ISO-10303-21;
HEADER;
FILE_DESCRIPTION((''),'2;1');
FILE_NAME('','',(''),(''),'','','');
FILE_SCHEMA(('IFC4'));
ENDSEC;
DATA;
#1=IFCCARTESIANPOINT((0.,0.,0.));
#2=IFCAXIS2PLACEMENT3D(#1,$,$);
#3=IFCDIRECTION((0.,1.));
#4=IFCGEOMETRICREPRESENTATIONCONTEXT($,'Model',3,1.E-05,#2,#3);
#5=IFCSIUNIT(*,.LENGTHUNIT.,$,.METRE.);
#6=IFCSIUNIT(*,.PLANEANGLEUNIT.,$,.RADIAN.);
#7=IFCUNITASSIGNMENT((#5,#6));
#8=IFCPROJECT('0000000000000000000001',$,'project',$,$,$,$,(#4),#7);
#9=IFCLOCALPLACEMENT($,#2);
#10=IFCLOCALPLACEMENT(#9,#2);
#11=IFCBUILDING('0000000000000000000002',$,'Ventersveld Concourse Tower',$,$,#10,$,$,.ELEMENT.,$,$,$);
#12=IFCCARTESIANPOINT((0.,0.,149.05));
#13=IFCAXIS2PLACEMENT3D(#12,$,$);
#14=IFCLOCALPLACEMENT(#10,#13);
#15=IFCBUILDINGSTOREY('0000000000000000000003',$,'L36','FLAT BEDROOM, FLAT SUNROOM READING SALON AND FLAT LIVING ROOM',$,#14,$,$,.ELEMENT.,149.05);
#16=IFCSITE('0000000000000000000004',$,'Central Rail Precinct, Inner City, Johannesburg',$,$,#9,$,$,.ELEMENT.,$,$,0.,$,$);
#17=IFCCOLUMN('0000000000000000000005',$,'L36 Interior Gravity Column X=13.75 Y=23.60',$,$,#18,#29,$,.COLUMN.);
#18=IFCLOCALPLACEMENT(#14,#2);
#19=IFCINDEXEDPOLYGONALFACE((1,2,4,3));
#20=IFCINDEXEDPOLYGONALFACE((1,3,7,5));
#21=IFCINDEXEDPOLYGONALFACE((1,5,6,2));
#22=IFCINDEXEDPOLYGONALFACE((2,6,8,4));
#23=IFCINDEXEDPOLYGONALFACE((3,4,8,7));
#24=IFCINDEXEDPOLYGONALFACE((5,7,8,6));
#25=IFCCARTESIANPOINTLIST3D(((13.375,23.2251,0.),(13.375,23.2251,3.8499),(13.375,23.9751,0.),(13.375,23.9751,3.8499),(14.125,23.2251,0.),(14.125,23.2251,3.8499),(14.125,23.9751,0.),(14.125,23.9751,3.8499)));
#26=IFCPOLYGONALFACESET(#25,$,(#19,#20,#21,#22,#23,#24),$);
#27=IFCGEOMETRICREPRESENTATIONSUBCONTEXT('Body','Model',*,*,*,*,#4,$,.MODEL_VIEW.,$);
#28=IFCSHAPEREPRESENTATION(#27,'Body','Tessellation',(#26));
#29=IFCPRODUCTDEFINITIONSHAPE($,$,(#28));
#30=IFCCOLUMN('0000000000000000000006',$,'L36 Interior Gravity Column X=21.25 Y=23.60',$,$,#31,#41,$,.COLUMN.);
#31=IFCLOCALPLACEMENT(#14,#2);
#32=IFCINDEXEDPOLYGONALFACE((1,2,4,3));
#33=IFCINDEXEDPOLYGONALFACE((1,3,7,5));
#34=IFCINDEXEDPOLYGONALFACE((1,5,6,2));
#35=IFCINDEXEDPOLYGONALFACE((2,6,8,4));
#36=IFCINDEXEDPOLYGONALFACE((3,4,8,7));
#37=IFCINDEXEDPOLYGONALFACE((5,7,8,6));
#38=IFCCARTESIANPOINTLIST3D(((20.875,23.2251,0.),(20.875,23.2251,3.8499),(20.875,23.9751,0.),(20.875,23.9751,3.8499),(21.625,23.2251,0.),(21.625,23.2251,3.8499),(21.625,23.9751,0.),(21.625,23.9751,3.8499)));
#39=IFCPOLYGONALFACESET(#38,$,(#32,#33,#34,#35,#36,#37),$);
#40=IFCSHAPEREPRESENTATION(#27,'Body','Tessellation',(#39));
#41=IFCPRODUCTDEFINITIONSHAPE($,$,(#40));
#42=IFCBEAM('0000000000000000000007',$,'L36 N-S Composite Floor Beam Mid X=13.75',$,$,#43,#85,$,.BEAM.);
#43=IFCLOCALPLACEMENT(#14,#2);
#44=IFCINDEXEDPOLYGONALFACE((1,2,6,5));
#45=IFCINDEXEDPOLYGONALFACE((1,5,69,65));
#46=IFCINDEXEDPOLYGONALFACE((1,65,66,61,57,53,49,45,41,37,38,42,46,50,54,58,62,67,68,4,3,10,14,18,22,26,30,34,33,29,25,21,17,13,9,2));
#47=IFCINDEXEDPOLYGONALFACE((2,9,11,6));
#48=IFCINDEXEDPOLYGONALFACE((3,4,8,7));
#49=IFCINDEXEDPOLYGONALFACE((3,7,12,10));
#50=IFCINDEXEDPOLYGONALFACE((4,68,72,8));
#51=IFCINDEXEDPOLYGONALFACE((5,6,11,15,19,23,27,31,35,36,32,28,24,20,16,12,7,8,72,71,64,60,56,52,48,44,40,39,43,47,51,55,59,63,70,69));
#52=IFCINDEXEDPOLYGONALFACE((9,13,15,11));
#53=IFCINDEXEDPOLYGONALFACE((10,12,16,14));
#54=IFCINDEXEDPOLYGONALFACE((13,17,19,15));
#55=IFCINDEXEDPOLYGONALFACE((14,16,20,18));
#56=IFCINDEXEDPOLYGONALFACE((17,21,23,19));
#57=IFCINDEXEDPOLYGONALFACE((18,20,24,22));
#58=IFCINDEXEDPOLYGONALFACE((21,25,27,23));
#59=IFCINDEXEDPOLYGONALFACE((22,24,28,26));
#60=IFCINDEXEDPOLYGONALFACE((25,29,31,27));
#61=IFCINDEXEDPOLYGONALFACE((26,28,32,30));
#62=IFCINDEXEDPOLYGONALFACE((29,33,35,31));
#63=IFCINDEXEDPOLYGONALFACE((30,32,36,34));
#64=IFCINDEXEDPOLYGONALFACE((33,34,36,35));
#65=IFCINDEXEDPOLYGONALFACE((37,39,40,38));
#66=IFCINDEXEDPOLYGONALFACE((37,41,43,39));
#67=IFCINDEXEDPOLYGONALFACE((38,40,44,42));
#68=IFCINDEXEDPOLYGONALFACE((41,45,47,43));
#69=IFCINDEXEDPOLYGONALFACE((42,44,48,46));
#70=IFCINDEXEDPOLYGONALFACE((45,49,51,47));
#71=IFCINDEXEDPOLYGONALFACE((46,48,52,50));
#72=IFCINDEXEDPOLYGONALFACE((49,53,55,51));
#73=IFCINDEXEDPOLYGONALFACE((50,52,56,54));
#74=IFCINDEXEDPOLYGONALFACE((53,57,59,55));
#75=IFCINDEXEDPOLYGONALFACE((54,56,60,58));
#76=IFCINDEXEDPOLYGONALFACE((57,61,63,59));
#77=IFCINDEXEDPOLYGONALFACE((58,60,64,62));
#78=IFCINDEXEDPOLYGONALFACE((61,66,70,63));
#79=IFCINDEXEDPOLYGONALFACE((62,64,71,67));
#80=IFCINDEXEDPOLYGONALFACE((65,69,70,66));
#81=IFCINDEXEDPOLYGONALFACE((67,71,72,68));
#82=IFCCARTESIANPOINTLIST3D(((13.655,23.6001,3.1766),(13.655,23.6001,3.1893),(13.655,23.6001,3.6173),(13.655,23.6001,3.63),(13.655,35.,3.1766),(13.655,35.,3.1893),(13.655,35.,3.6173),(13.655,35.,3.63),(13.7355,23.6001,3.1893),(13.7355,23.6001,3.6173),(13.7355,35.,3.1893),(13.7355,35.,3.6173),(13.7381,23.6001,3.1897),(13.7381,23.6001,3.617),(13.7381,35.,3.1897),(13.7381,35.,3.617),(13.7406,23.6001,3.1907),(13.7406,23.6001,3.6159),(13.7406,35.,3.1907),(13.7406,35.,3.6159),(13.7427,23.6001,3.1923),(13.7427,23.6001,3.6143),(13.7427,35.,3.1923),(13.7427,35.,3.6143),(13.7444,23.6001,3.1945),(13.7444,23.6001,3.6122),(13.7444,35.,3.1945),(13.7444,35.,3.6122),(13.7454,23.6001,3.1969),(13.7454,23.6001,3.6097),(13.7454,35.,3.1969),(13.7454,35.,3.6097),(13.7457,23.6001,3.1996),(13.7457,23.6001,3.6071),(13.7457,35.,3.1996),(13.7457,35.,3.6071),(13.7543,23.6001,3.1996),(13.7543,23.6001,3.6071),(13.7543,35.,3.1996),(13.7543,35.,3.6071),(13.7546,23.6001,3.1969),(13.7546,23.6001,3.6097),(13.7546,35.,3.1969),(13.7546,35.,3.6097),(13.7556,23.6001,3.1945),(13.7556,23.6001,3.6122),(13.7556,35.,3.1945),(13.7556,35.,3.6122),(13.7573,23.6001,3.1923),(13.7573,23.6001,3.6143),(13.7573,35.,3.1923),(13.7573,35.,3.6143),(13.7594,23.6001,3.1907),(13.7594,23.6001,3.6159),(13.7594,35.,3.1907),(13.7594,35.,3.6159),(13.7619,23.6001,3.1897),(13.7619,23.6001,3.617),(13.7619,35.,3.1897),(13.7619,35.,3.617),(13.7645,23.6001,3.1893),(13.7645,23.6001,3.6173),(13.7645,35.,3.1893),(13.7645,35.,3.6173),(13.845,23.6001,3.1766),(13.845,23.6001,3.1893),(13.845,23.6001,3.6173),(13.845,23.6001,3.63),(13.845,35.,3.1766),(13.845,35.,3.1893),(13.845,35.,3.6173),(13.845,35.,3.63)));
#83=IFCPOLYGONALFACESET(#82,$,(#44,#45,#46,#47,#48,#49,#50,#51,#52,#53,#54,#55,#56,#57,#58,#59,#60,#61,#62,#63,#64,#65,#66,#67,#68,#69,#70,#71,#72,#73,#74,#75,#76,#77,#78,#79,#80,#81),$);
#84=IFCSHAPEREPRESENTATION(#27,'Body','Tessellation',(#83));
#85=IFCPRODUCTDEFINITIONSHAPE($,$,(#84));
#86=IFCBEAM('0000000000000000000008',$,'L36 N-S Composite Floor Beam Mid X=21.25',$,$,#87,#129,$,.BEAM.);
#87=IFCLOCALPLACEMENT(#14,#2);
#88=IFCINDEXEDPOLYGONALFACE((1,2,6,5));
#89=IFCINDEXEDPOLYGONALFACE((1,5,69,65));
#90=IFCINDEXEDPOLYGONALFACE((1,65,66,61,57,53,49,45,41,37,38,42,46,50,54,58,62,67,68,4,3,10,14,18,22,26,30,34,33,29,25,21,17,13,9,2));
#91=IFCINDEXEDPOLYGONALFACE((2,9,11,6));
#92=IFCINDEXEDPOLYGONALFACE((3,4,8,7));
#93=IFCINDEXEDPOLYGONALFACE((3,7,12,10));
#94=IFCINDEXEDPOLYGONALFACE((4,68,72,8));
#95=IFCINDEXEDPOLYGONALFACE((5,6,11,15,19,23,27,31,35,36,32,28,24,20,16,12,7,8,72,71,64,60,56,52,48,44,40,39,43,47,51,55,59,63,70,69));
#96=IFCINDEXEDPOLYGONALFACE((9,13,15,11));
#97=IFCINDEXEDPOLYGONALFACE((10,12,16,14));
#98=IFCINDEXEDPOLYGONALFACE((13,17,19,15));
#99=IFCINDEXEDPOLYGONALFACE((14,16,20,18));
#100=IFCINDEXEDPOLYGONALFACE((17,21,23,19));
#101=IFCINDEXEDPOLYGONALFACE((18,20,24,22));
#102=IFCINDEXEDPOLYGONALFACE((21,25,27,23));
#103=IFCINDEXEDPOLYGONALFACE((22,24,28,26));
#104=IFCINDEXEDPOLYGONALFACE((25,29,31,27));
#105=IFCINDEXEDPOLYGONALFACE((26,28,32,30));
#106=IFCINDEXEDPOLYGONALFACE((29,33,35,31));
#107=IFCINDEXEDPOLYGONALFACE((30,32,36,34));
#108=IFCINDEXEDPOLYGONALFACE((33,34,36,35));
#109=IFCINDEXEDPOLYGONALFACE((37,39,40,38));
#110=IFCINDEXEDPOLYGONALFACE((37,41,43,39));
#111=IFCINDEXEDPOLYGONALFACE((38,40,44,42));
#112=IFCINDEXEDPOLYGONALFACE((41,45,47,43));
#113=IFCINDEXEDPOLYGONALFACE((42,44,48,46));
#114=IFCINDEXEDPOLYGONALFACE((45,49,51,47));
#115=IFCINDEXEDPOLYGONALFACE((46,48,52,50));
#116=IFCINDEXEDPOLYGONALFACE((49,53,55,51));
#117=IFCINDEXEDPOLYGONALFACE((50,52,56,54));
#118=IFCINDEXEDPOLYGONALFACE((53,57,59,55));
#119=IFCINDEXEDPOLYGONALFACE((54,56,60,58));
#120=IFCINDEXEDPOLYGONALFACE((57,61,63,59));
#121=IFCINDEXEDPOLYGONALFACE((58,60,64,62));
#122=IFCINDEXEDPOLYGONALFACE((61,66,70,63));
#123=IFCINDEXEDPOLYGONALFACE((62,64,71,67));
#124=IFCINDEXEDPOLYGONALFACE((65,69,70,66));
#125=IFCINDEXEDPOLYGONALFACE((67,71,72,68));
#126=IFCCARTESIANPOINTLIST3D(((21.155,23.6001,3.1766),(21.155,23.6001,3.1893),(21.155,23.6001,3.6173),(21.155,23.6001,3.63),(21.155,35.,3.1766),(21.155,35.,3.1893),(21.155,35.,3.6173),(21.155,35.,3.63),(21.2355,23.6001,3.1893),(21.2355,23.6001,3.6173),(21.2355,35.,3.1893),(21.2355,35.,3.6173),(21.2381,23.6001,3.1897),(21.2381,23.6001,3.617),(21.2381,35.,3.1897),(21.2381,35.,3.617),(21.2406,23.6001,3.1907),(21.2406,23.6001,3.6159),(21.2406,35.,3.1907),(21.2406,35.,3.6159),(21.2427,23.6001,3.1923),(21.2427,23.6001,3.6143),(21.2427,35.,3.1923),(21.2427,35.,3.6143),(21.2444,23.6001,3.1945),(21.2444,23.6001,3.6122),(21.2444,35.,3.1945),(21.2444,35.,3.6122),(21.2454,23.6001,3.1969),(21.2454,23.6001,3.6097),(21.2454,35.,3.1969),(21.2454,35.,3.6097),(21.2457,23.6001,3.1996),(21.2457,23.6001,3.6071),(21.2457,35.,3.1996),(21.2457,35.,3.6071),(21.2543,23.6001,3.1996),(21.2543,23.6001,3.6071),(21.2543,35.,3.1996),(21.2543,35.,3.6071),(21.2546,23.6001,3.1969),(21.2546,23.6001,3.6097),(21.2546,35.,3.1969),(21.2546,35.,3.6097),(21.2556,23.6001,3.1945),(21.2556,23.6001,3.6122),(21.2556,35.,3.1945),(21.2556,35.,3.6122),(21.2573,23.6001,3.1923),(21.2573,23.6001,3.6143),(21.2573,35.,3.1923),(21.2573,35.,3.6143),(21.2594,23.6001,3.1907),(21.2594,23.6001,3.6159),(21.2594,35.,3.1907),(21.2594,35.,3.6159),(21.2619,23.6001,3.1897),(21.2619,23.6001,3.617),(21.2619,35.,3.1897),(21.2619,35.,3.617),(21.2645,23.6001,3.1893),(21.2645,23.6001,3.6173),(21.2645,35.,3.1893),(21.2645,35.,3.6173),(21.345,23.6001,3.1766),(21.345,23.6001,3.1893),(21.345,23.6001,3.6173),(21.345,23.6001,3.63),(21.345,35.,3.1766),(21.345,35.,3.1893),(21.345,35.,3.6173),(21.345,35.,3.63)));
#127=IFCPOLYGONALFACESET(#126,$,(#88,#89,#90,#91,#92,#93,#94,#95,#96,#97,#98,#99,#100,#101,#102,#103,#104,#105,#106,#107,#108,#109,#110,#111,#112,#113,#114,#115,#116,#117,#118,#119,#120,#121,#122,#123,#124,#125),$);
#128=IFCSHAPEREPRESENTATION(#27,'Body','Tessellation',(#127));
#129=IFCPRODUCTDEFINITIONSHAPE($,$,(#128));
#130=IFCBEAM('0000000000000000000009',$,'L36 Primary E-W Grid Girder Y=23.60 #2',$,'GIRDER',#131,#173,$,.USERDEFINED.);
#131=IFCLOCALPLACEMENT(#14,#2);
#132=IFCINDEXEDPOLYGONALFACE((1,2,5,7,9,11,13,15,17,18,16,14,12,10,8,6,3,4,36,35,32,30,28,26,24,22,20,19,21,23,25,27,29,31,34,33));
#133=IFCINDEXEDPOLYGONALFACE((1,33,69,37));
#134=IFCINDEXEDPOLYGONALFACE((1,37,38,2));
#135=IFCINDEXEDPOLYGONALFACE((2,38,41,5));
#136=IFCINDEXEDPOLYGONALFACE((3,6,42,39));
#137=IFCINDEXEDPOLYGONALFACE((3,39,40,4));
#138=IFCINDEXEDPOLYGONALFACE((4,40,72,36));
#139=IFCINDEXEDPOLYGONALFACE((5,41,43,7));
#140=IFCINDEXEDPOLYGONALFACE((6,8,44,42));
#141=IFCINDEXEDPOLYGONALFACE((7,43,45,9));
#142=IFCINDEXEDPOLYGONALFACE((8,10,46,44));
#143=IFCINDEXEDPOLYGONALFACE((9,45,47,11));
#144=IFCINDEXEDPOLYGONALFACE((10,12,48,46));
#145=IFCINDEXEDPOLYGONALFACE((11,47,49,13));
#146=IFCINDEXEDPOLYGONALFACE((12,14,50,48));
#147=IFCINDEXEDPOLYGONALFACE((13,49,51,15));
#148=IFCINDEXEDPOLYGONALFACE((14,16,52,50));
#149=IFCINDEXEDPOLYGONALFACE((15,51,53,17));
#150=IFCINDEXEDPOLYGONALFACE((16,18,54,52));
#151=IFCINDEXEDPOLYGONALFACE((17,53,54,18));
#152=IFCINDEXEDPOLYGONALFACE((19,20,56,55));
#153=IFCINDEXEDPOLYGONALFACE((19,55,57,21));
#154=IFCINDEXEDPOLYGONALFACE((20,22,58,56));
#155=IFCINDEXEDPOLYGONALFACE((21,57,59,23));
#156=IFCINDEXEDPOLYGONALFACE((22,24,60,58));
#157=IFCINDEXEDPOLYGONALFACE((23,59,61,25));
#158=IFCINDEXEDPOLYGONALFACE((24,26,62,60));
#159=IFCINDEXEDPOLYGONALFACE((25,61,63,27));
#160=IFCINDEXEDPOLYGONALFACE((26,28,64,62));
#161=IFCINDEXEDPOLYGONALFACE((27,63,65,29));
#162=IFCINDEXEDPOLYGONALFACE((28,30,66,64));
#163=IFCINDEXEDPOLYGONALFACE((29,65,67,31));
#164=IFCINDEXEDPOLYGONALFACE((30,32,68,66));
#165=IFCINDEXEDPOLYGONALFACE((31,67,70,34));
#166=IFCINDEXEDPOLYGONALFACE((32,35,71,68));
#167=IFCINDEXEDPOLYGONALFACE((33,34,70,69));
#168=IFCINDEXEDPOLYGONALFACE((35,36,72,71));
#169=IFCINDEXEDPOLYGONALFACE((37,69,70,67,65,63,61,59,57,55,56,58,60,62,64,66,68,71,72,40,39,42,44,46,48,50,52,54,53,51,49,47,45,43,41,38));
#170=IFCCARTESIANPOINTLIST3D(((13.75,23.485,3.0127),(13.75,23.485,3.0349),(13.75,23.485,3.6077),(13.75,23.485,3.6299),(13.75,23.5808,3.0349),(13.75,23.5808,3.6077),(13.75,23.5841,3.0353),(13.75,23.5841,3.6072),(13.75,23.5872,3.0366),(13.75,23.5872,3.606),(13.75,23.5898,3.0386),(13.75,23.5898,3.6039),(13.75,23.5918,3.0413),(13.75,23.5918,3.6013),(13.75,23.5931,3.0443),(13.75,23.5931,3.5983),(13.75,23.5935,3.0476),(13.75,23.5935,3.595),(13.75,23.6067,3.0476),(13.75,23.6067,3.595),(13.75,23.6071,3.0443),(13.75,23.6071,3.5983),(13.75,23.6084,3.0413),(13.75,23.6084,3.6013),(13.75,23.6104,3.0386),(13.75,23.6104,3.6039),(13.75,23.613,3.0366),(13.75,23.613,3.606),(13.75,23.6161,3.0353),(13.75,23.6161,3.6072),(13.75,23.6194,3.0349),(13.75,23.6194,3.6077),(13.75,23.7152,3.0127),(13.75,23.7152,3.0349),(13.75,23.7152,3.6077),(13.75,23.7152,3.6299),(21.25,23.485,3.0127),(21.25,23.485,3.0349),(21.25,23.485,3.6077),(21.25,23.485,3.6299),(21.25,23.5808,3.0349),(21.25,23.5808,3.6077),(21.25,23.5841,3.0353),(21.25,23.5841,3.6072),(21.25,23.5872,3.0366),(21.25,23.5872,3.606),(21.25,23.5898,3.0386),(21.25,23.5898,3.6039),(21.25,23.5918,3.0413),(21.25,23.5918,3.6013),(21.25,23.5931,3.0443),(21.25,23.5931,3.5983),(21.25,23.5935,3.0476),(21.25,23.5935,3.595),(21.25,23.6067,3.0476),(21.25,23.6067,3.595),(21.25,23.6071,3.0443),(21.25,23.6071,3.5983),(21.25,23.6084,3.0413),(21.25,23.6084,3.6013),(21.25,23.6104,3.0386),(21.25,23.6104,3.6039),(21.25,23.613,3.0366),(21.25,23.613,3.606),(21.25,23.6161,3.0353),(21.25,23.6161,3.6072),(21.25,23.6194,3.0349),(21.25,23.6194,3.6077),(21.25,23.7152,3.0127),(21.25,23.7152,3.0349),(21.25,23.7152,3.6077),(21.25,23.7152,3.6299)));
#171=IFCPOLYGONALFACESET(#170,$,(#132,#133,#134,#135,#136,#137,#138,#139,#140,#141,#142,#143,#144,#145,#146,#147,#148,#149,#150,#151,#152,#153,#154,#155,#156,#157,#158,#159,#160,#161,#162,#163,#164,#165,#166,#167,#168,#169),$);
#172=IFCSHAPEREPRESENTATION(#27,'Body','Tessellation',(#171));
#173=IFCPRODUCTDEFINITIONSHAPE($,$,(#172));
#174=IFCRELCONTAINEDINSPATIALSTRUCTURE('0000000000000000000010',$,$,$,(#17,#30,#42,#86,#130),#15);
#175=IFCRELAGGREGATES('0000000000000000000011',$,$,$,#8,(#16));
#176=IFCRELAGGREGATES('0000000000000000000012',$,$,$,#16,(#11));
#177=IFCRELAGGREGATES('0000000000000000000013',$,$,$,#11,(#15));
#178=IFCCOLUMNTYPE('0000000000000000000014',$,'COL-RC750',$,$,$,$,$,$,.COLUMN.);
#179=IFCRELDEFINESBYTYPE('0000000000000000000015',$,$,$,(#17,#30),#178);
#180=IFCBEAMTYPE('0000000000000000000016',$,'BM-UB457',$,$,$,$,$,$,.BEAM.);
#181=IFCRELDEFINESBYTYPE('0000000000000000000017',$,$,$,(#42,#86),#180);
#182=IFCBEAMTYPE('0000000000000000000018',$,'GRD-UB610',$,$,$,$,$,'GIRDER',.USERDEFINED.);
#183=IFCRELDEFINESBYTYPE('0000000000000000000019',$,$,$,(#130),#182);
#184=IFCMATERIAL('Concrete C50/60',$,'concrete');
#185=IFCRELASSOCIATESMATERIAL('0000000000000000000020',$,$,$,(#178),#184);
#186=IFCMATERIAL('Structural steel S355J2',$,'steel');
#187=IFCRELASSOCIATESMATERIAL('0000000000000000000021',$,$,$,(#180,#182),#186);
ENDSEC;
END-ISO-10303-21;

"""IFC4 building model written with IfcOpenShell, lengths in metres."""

from ifc_helpers import new_model, si_unit, direction, frame, origin, origin_2d, place, context, subcontext, project, spatial, rectangle, i_section, extrude, material, material_profile, profile_set, type_object, element, save


model = new_model("IFC4")

# Units and contexts
model_context = context("Model", 3, precision=1e-05, world=origin(), true_north=direction((0.0, 1.0)))
body_context = subcontext(model_context, "Body", "Model", "MODEL_VIEW")
ifc_project = project(units=[si_unit("LENGTHUNIT", "METRE"), si_unit("PLANEANGLEUNIT", "RADIAN")], contexts=[model_context])

# Site, building, storey
site_placement = place(None, origin())
site = spatial("IfcSite", under=ifc_project, at=site_placement, Name="Central Rail Precinct, Inner City, Johannesburg", CompositionType="ELEMENT", RefElevation=0.0)
building_placement = place(site_placement, origin())
building = spatial("IfcBuilding", under=site, at=building_placement, Name="Ventersveld Concourse Tower", CompositionType="ELEMENT")
storey_placement = place(building_placement, frame((0.0, 0.0, 149.05)))
storey = spatial("IfcBuildingStorey", under=building, at=storey_placement, Name="L36", Description="FLAT BEDROOM, FLAT SUNROOM READING SALON AND FLAT LIVING ROOM", CompositionType="ELEMENT", Elevation=149.05)

# Columns
ifc_material_1 = material(Name="Concrete C50/60", Category="concrete")
ifc_material_profile_1 = material_profile(ifc_material_1, rectangle(XDim=0.75, YDim=0.75, at=origin_2d()), Name="RC 750x750")
ifc_profile_set_1 = profile_set([ifc_material_profile_1], Name="Concrete C50/60")
column_type = type_object("IfcColumnType", Name="COL-RC750", PredefinedType="COLUMN", material=ifc_profile_set_1)
for number, where, z_axis, x_axis, name in (
    (1, (13.75, 23.6001, 0.0), (0.0, 0.0, 1.0), (1.0, 0.0, 0.0), "L36 Interior Gravity Column X=13.75 Y=23.60"),
    (2, (21.25, 23.6001, 0.0), (0.0, 0.0, 1.0), (1.0, 0.0, 0.0), "L36 Interior Gravity Column X=21.25 Y=23.60"),
):
    element("IfcColumn", number, at=place(storey_placement, frame(where, z_axis=z_axis, x_axis=x_axis)), inside=storey, type_object=column_type, Name=name, PredefinedType="COLUMN", context=body_context, shape_type="SweptSolid", body=[
        extrude(rectangle(XDim=0.75, YDim=0.75, at=origin_2d()), origin(), (0.0, 0.0, 1.0), 3.8499),
    ])

# Beams
ifc_material_2 = material(Name="Structural steel S355J2", Category="steel")
ifc_material_profile_2 = material_profile(ifc_material_2, i_section(OverallWidth=0.1899, OverallDepth=0.4534, WebThickness=0.0085, FlangeThickness=0.0127, FilletRadius=0.0103, at=origin_2d()), Name="UB 457x191x67")
ifc_profile_set_2 = profile_set([ifc_material_profile_2], Name="Structural steel S355J2")
beam_type_1 = type_object("IfcBeamType", Name="BM-UB457", PredefinedType="BEAM", material=ifc_profile_set_2)
for number, where, z_axis, x_axis, name in (
    (3, (13.75, 23.6001, 3.4033), (0.0, 1.0, 0.0), (-1.0, 0.0, 0.0), "L36 N-S Composite Floor Beam Mid X=13.75"),
    (4, (21.25, 23.6001, 3.4033), (0.0, 1.0, 0.0), (-1.0, 0.0, 0.0), "L36 N-S Composite Floor Beam Mid X=21.25"),
):
    element("IfcBeam", number, at=place(storey_placement, frame(where, z_axis=z_axis, x_axis=x_axis)), inside=storey, type_object=beam_type_1, Name=name, PredefinedType="BEAM", context=body_context, shape_type="SweptSolid", body=[
        extrude(i_section(OverallWidth=0.1899, OverallDepth=0.4534, WebThickness=0.0085, FlangeThickness=0.0127, FilletRadius=0.0103, at=origin_2d()), origin(), (0.0, 0.0, 1.0), 11.3999),
    ])
ifc_material_profile_3 = material_profile(ifc_material_2, i_section(OverallWidth=0.2302, OverallDepth=0.6172, WebThickness=0.0132, FlangeThickness=0.0222, FilletRadius=0.0127, at=origin_2d()), Name="UB 610x229x140")
ifc_profile_set_3 = profile_set([ifc_material_profile_3], Name="Structural steel S355J2")
beam_type_2 = type_object("IfcBeamType", Name="GRD-UB610", ElementType="GIRDER", PredefinedType="USERDEFINED", material=ifc_profile_set_3)
for number, where, z_axis, x_axis, name in (
    (5, (13.75, 23.6001, 3.3213), (1.0, 0.0, 0.0), (0.0, 1.0, 0.0), "L36 Primary E-W Grid Girder Y=23.60 #2"),
):
    element("IfcBeam", number, at=place(storey_placement, frame(where, z_axis=z_axis, x_axis=x_axis)), inside=storey, type_object=beam_type_2, Name=name, ObjectType="GIRDER", PredefinedType="USERDEFINED", context=body_context, shape_type="SweptSolid", body=[
        extrude(i_section(OverallWidth=0.2302, OverallDepth=0.6172, WebThickness=0.0132, FlangeThickness=0.0222, FilletRadius=0.0127, at=origin_2d()), origin(), (0.0, 0.0, 1.0), 7.5),
    ])

save(model, "model.ifc")
